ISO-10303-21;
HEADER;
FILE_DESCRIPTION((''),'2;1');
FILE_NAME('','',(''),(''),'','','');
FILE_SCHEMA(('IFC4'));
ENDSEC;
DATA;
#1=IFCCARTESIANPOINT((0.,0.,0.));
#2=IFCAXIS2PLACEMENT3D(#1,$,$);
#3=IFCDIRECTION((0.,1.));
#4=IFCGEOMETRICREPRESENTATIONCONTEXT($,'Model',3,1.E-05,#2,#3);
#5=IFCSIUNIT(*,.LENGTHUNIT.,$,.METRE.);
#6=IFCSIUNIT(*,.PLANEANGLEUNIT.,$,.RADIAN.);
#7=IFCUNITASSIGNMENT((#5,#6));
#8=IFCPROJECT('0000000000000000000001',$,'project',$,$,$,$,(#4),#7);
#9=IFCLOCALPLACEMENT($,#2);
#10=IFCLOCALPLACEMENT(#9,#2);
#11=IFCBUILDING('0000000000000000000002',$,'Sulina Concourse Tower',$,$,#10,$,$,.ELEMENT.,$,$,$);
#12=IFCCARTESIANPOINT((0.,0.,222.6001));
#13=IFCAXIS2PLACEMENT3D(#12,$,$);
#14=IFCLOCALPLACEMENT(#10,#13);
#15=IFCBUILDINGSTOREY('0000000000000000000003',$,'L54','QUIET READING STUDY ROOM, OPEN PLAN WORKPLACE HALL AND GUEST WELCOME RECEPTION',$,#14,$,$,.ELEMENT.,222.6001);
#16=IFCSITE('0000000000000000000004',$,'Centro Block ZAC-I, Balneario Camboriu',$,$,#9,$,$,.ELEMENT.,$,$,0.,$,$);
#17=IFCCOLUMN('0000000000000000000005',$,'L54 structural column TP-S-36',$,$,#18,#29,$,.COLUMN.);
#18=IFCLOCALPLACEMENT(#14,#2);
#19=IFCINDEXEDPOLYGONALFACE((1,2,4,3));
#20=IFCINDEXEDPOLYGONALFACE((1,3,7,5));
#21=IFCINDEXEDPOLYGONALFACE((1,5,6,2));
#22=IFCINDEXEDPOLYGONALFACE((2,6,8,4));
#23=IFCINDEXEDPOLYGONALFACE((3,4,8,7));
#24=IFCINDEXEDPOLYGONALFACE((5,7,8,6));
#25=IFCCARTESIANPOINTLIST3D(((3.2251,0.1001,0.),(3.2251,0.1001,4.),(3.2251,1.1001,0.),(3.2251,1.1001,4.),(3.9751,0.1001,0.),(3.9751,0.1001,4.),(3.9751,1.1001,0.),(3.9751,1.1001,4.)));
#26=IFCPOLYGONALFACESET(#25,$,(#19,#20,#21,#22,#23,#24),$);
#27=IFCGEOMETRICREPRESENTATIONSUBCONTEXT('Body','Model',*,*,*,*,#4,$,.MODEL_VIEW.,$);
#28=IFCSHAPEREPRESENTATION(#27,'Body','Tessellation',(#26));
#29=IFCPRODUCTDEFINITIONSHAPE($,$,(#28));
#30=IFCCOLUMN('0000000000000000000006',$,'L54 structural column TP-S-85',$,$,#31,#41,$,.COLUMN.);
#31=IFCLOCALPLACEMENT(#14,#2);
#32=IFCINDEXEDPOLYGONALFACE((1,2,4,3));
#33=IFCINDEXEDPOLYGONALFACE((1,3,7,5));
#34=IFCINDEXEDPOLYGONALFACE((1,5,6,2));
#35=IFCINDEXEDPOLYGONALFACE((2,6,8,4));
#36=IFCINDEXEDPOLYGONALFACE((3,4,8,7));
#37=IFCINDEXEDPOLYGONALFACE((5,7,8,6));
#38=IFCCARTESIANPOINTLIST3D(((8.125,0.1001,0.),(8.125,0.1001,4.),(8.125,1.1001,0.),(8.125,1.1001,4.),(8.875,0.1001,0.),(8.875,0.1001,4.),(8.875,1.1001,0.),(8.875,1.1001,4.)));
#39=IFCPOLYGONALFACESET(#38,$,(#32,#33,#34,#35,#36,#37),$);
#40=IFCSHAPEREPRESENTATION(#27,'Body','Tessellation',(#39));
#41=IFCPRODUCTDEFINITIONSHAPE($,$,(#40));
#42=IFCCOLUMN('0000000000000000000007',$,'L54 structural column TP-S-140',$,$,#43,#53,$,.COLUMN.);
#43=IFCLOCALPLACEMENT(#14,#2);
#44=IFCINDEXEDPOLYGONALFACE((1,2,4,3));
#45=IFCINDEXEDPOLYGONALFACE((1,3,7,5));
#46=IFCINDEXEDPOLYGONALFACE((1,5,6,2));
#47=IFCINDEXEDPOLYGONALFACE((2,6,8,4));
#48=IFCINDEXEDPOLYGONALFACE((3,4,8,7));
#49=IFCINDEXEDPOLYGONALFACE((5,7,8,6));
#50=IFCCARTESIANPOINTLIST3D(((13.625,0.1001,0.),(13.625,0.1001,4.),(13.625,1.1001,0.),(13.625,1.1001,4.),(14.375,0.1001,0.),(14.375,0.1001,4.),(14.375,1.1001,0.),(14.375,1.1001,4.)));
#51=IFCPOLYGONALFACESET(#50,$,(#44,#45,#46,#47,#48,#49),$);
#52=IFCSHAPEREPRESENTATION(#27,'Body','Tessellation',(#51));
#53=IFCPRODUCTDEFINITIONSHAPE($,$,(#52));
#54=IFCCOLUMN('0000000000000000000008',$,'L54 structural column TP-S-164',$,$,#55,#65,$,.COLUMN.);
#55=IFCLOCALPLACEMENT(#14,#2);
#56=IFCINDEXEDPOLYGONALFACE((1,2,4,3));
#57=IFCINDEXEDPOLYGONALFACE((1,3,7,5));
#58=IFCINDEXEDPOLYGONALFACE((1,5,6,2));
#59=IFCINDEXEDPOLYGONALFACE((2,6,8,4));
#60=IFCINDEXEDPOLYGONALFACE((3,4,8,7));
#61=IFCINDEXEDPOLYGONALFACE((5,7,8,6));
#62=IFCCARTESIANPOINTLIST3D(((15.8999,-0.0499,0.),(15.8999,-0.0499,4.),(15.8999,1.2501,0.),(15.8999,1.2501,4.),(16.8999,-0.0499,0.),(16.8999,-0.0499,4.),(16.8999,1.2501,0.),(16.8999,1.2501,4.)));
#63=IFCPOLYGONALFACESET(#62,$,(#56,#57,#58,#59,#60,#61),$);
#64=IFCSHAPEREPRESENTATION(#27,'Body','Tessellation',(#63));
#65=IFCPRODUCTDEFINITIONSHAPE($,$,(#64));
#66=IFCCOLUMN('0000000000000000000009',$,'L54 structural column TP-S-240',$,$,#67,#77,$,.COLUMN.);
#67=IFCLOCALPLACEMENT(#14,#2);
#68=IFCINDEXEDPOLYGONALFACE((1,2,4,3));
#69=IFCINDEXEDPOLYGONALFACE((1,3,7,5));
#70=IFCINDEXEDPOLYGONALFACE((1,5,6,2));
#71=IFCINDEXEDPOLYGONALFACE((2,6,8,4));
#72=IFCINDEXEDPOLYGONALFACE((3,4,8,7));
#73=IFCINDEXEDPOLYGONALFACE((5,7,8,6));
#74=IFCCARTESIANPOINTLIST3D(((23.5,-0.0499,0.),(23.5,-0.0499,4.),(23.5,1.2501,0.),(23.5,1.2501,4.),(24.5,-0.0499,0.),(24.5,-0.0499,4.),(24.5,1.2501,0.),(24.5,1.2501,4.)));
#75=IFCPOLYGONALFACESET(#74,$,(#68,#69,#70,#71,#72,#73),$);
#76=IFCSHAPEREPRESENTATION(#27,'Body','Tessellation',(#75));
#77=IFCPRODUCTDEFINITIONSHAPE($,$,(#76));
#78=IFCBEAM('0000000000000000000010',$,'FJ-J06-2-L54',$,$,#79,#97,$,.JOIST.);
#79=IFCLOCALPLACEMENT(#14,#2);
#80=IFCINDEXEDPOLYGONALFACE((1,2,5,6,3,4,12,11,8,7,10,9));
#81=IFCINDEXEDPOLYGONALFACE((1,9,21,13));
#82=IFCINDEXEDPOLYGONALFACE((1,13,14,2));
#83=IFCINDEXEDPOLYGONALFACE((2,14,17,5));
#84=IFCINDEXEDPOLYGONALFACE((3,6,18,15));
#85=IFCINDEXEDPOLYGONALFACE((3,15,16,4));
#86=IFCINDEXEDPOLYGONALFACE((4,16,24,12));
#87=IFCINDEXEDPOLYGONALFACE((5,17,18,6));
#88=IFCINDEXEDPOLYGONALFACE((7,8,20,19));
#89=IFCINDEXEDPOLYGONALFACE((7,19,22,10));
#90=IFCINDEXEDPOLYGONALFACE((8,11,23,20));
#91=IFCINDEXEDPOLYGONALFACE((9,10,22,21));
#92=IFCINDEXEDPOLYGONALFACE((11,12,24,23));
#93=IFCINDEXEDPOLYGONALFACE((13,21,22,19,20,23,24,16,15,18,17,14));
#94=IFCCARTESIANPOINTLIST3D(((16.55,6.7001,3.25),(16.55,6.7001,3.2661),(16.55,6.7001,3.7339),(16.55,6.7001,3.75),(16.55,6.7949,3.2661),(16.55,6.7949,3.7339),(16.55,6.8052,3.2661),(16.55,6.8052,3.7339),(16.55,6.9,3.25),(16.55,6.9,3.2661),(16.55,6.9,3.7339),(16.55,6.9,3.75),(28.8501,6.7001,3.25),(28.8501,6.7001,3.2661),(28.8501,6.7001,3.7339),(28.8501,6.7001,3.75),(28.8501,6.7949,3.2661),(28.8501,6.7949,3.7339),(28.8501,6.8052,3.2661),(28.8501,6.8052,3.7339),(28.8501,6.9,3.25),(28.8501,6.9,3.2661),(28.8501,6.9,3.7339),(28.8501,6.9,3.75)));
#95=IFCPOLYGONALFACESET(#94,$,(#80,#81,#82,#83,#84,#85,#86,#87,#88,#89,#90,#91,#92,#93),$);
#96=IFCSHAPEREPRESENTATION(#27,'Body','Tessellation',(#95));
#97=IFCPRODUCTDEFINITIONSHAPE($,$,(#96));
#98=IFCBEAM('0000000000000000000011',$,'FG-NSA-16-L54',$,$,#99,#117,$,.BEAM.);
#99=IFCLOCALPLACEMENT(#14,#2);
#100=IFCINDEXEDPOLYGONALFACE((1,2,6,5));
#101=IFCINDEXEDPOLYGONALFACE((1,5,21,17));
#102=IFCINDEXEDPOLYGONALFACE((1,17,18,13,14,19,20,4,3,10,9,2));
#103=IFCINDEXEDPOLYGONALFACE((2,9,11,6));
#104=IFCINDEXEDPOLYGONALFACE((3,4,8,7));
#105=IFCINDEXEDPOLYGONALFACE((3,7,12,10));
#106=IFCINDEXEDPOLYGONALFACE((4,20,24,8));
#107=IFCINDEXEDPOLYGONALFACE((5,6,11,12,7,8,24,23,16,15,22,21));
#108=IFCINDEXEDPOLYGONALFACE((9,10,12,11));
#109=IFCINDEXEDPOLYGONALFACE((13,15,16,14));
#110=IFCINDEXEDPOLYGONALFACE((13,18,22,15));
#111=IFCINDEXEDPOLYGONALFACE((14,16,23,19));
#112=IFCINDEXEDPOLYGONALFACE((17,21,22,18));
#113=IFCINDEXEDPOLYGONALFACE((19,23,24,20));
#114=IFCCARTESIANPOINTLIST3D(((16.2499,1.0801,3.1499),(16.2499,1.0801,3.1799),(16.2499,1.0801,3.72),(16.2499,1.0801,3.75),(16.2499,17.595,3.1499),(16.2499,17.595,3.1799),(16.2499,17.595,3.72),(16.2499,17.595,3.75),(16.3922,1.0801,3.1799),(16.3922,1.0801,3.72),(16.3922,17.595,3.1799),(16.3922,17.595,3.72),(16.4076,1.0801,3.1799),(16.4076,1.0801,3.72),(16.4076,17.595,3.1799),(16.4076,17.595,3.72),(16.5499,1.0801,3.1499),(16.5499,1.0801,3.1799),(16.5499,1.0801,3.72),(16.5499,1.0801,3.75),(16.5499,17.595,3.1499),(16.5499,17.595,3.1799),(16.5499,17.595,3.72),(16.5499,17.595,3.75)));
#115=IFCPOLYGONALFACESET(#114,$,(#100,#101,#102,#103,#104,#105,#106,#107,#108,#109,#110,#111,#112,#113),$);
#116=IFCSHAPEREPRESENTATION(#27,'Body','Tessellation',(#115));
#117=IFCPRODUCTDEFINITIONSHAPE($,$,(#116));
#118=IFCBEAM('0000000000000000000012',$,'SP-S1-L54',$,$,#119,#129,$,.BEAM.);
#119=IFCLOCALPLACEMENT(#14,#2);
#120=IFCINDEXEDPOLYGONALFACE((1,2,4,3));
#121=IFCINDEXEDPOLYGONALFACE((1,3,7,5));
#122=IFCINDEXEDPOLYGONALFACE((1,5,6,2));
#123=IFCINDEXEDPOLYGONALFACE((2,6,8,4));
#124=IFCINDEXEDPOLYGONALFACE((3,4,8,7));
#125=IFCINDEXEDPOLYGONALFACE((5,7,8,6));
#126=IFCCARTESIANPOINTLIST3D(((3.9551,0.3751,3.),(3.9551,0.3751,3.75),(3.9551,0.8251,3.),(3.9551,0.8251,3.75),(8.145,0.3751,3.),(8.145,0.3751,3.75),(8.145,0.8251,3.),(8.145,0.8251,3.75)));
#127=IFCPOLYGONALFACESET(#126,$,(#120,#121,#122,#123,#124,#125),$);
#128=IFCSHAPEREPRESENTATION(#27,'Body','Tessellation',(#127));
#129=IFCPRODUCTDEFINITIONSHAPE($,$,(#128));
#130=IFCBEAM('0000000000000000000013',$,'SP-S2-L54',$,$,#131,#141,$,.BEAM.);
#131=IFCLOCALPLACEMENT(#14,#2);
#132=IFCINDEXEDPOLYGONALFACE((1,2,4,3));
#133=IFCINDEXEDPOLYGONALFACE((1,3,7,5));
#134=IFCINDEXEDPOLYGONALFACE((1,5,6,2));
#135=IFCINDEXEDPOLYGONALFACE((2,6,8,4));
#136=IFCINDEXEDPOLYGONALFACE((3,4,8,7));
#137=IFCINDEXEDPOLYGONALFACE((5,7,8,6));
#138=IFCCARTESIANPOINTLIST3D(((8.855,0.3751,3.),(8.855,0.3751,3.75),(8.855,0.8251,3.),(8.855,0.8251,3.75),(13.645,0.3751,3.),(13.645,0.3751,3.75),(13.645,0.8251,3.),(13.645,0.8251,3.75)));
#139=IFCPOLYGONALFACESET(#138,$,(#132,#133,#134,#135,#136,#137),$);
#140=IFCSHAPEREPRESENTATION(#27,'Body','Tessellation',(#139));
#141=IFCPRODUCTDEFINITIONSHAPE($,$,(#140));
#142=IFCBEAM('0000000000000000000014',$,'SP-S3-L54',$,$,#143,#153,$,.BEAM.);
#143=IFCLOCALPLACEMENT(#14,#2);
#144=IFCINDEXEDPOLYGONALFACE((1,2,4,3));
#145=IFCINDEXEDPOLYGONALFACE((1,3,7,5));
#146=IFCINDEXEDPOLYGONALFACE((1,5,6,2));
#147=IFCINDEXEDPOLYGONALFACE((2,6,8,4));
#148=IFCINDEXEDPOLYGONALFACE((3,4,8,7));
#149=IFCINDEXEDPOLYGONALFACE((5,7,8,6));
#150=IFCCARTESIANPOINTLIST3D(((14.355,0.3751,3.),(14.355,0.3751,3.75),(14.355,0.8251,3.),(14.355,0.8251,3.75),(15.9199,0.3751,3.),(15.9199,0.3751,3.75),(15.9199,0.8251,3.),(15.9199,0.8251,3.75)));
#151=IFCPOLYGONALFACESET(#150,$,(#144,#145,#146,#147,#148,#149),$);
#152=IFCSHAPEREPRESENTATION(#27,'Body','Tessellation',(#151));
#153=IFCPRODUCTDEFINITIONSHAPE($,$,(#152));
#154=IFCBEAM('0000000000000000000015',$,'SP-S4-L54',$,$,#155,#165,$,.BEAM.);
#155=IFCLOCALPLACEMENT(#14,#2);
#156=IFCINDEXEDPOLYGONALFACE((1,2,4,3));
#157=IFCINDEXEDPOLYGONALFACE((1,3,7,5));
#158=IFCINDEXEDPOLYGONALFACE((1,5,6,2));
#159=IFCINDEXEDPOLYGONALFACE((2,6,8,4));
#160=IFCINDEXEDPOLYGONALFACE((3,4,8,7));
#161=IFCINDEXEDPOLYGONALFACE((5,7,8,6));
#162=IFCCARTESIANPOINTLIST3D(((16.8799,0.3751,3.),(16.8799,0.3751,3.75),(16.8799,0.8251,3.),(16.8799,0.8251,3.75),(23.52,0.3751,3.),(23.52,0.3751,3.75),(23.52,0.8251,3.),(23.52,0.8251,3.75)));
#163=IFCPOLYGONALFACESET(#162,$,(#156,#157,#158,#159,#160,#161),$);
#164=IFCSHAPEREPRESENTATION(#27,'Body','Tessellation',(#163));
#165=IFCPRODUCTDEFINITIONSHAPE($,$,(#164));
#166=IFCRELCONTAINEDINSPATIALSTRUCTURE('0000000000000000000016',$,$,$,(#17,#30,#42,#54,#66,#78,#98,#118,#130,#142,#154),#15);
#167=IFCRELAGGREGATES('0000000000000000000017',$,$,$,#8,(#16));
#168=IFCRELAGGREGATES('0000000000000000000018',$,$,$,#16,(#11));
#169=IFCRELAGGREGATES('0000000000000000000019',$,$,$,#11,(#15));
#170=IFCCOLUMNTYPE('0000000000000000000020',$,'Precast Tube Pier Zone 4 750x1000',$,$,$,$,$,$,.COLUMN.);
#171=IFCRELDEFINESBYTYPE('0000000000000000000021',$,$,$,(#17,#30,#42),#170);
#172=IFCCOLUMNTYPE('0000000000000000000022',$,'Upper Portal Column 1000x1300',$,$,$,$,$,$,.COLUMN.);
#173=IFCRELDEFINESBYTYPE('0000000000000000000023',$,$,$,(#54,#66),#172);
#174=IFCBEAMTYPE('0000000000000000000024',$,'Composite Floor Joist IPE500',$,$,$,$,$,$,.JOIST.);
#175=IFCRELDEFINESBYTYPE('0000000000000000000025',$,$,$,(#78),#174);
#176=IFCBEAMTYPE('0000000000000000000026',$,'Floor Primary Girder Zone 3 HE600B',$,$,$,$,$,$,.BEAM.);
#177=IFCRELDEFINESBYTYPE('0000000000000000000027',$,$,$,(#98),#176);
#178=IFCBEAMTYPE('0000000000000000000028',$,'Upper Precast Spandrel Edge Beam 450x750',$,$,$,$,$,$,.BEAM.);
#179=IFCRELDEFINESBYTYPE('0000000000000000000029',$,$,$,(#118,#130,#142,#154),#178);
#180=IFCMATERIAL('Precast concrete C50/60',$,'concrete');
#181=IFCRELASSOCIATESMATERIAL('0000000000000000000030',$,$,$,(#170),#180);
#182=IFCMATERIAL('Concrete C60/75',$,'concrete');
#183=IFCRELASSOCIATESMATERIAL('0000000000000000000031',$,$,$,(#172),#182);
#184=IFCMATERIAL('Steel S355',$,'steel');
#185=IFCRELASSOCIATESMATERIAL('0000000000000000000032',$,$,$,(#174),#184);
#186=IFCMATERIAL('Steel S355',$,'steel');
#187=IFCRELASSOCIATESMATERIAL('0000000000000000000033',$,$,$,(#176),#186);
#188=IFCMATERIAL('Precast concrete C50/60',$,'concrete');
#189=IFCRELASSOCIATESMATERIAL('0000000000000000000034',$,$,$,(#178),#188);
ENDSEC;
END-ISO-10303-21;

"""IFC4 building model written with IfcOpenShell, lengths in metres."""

from ifc_helpers import new_model, si_unit, direction, frame, origin, origin_2d, place, context, subcontext, project, spatial, rectangle, i_section, extrude, material, material_profile, profile_set, type_object, element, save


model = new_model("IFC4")

# Units and contexts
model_context = context("Model", 3, precision=1e-05, world=origin(), true_north=direction((0.0, 1.0)))
body_context = subcontext(model_context, "Body", "Model", "MODEL_VIEW")
ifc_project = project(units=[si_unit("LENGTHUNIT", "METRE"), si_unit("PLANEANGLEUNIT", "RADIAN")], contexts=[model_context])

# Site, building, storey
site_placement = place(None, origin())
site = spatial("IfcSite", under=ifc_project, at=site_placement, Name="Centro Block ZAC-I, Balneario Camboriu", CompositionType="ELEMENT", RefElevation=0.0)
building_placement = place(site_placement, origin())
building = spatial("IfcBuilding", under=site, at=building_placement, Name="Sulina Concourse Tower", CompositionType="ELEMENT")
storey_placement = place(building_placement, frame((0.0, 0.0, 222.6001)))
storey = spatial("IfcBuildingStorey", under=building, at=storey_placement, Name="L54", Description="QUIET READING STUDY ROOM, OPEN PLAN WORKPLACE HALL AND GUEST WELCOME RECEPTION", CompositionType="ELEMENT", Elevation=222.6001)

# Columns
ifc_material_1 = material(Name="Precast concrete C50/60", Category="concrete")
ifc_material_profile_1 = material_profile(ifc_material_1, rectangle(XDim=0.75, YDim=1.0, at=origin_2d()), Name="PC 750x1000")
ifc_profile_set_1 = profile_set([ifc_material_profile_1], Name="Precast concrete C50/60")
column_type_1 = type_object("IfcColumnType", Name="Precast Tube Pier Zone 4 750x1000", PredefinedType="COLUMN", material=ifc_profile_set_1)
for number, where, z_axis, x_axis, name in (
    (1, (3.6001, 0.6001, 0.0), (0.0, 0.0, 1.0), (1.0, 0.0, 0.0), "L54 structural column TP-S-36"),
    (2, (8.5, 0.6001, 0.0), (0.0, 0.0, 1.0), (1.0, 0.0, 0.0), "L54 structural column TP-S-85"),
    (3, (14.0, 0.6001, 0.0), (0.0, 0.0, 1.0), (1.0, 0.0, 0.0), "L54 structural column TP-S-140"),
):
    element("IfcColumn", number, at=place(storey_placement, frame(where, z_axis=z_axis, x_axis=x_axis)), inside=storey, type_object=column_type_1, Name=name, PredefinedType="COLUMN", context=body_context, shape_type="SweptSolid", body=[
        extrude(rectangle(XDim=0.75, YDim=1.0, at=origin_2d()), origin(), (0.0, 0.0, 1.0), 4.0),
    ])
ifc_material_2 = material(Name="Concrete C60/75", Category="concrete")
ifc_material_profile_2 = material_profile(ifc_material_2, rectangle(XDim=1.0, YDim=1.3, at=origin_2d()), Name="RC 1000x1300")
ifc_profile_set_2 = profile_set([ifc_material_profile_2], Name="Concrete C60/75")
column_type_2 = type_object("IfcColumnType", Name="Upper Portal Column 1000x1300", PredefinedType="COLUMN", material=ifc_profile_set_2)
for number, where, z_axis, x_axis, name in (
    (4, (16.3999, 0.6001, 0.0), (0.0, 0.0, 1.0), (1.0, 0.0, 0.0), "L54 structural column TP-S-164"),
    (5, (24.0, 0.6001, 0.0), (0.0, 0.0, 1.0), (1.0, 0.0, 0.0), "L54 structural column TP-S-240"),
):
    element("IfcColumn", number, at=place(storey_placement, frame(where, z_axis=z_axis, x_axis=x_axis)), inside=storey, type_object=column_type_2, Name=name, PredefinedType="COLUMN", context=body_context, shape_type="SweptSolid", body=[
        extrude(rectangle(XDim=1.0, YDim=1.3, at=origin_2d()), origin(), (0.0, 0.0, 1.0), 4.0),
    ])

# Beams
ifc_material_3 = material(Name="Steel S355", Category="steel")
ifc_material_profile_3 = material_profile(ifc_material_3, i_section(OverallWidth=0.2, OverallDepth=0.5, WebThickness=0.0103, FlangeThickness=0.0161, at=origin_2d()), Name="IPE 500")
ifc_profile_set_3 = profile_set([ifc_material_profile_3], Name="Steel S355")
beam_type_1 = type_object("IfcBeamType", Name="Composite Floor Joist IPE500", PredefinedType="JOIST", material=ifc_profile_set_3)
beam_1_placement = place(storey_placement, frame((16.55, 6.8, 3.5), z_axis=(1.0, 0.0, 0.0), x_axis=(0.0, 1.0, 0.0)))
element("IfcBeam", 6, at=beam_1_placement, inside=storey, type_object=beam_type_1, Name="FJ-J06-2-L54", PredefinedType="JOIST", context=body_context, shape_type="SweptSolid", body=[
    extrude(i_section(OverallWidth=0.2, OverallDepth=0.5, WebThickness=0.0103, FlangeThickness=0.0161, at=origin_2d()), origin(), (0.0, 0.0, 1.0), 12.3),
])
ifc_material_4 = material(Name="Steel S355", Category="steel")
ifc_material_profile_4 = material_profile(ifc_material_4, i_section(OverallWidth=0.3, OverallDepth=0.6001, WebThickness=0.0154, FlangeThickness=0.03, at=origin_2d()), Name="HE 600 B")
ifc_profile_set_4 = profile_set([ifc_material_profile_4], Name="Steel S355")
beam_type_2 = type_object("IfcBeamType", Name="Floor Primary Girder Zone 3 HE600B", PredefinedType="BEAM", material=ifc_profile_set_4)
beam_2_placement = place(storey_placement, frame((16.3999, 1.0801, 3.45), z_axis=(0.0, 1.0, 0.0), x_axis=(-1.0, 0.0, 0.0)))
element("IfcBeam", 7, at=beam_2_placement, inside=storey, type_object=beam_type_2, Name="FG-NSA-16-L54", PredefinedType="BEAM", context=body_context, shape_type="SweptSolid", body=[
    extrude(i_section(OverallWidth=0.3, OverallDepth=0.6001, WebThickness=0.0154, FlangeThickness=0.03, at=origin_2d()), origin(), (0.0, 0.0, 1.0), 16.5149),
])
ifc_material_5 = material(Name="Precast concrete C50/60", Category="concrete")
ifc_material_profile_5 = material_profile(ifc_material_5, rectangle(XDim=0.45, YDim=0.75, at=origin_2d()), Name="RC 450x750")
ifc_profile_set_5 = profile_set([ifc_material_profile_5], Name="Precast concrete C50/60")
beam_type_3 = type_object("IfcBeamType", Name="Upper Precast Spandrel Edge Beam 450x750", PredefinedType="BEAM", material=ifc_profile_set_5)
beam_3_placement = place(storey_placement, frame((3.9551, 0.6001, 3.375), z_axis=(1.0, 0.0, 0.0), x_axis=(0.0, 1.0, 0.0)))
element("IfcBeam", 8, at=beam_3_placement, inside=storey, type_object=beam_type_3, Name="SP-S1-L54", PredefinedType="BEAM", context=body_context, shape_type="SweptSolid", body=[
    extrude(rectangle(XDim=0.45, YDim=0.75, at=origin_2d()), origin(), (0.0, 0.0, 1.0), 4.1899),
])
beam_4_placement = place(storey_placement, frame((8.855, 0.6001, 3.375), z_axis=(1.0, 0.0, 0.0), x_axis=(0.0, 1.0, 0.0)))
element("IfcBeam", 9, at=beam_4_placement, inside=storey, type_object=beam_type_3, Name="SP-S2-L54", PredefinedType="BEAM", context=body_context, shape_type="SweptSolid", body=[
    extrude(rectangle(XDim=0.45, YDim=0.75, at=origin_2d()), origin(), (0.0, 0.0, 1.0), 4.79),
])
beam_5_placement = place(storey_placement, frame((14.355, 0.6001, 3.375), z_axis=(1.0, 0.0, 0.0), x_axis=(0.0, 1.0, 0.0)))
element("IfcBeam", 10, at=beam_5_placement, inside=storey, type_object=beam_type_3, Name="SP-S3-L54", PredefinedType="BEAM", context=body_context, shape_type="SweptSolid", body=[
    extrude(rectangle(XDim=0.45, YDim=0.75, at=origin_2d()), origin(), (0.0, 0.0, 1.0), 1.5649),
])
beam_6_placement = place(storey_placement, frame((16.8799, 0.6001, 3.375), z_axis=(1.0, 0.0, 0.0), x_axis=(0.0, 1.0, 0.0)))
element("IfcBeam", 11, at=beam_6_placement, inside=storey, type_object=beam_type_3, Name="SP-S4-L54", PredefinedType="BEAM", context=body_context, shape_type="SweptSolid", body=[
    extrude(rectangle(XDim=0.45, YDim=0.75, at=origin_2d()), origin(), (0.0, 0.0, 1.0), 6.6401),
])

save(model, "model.ifc")
